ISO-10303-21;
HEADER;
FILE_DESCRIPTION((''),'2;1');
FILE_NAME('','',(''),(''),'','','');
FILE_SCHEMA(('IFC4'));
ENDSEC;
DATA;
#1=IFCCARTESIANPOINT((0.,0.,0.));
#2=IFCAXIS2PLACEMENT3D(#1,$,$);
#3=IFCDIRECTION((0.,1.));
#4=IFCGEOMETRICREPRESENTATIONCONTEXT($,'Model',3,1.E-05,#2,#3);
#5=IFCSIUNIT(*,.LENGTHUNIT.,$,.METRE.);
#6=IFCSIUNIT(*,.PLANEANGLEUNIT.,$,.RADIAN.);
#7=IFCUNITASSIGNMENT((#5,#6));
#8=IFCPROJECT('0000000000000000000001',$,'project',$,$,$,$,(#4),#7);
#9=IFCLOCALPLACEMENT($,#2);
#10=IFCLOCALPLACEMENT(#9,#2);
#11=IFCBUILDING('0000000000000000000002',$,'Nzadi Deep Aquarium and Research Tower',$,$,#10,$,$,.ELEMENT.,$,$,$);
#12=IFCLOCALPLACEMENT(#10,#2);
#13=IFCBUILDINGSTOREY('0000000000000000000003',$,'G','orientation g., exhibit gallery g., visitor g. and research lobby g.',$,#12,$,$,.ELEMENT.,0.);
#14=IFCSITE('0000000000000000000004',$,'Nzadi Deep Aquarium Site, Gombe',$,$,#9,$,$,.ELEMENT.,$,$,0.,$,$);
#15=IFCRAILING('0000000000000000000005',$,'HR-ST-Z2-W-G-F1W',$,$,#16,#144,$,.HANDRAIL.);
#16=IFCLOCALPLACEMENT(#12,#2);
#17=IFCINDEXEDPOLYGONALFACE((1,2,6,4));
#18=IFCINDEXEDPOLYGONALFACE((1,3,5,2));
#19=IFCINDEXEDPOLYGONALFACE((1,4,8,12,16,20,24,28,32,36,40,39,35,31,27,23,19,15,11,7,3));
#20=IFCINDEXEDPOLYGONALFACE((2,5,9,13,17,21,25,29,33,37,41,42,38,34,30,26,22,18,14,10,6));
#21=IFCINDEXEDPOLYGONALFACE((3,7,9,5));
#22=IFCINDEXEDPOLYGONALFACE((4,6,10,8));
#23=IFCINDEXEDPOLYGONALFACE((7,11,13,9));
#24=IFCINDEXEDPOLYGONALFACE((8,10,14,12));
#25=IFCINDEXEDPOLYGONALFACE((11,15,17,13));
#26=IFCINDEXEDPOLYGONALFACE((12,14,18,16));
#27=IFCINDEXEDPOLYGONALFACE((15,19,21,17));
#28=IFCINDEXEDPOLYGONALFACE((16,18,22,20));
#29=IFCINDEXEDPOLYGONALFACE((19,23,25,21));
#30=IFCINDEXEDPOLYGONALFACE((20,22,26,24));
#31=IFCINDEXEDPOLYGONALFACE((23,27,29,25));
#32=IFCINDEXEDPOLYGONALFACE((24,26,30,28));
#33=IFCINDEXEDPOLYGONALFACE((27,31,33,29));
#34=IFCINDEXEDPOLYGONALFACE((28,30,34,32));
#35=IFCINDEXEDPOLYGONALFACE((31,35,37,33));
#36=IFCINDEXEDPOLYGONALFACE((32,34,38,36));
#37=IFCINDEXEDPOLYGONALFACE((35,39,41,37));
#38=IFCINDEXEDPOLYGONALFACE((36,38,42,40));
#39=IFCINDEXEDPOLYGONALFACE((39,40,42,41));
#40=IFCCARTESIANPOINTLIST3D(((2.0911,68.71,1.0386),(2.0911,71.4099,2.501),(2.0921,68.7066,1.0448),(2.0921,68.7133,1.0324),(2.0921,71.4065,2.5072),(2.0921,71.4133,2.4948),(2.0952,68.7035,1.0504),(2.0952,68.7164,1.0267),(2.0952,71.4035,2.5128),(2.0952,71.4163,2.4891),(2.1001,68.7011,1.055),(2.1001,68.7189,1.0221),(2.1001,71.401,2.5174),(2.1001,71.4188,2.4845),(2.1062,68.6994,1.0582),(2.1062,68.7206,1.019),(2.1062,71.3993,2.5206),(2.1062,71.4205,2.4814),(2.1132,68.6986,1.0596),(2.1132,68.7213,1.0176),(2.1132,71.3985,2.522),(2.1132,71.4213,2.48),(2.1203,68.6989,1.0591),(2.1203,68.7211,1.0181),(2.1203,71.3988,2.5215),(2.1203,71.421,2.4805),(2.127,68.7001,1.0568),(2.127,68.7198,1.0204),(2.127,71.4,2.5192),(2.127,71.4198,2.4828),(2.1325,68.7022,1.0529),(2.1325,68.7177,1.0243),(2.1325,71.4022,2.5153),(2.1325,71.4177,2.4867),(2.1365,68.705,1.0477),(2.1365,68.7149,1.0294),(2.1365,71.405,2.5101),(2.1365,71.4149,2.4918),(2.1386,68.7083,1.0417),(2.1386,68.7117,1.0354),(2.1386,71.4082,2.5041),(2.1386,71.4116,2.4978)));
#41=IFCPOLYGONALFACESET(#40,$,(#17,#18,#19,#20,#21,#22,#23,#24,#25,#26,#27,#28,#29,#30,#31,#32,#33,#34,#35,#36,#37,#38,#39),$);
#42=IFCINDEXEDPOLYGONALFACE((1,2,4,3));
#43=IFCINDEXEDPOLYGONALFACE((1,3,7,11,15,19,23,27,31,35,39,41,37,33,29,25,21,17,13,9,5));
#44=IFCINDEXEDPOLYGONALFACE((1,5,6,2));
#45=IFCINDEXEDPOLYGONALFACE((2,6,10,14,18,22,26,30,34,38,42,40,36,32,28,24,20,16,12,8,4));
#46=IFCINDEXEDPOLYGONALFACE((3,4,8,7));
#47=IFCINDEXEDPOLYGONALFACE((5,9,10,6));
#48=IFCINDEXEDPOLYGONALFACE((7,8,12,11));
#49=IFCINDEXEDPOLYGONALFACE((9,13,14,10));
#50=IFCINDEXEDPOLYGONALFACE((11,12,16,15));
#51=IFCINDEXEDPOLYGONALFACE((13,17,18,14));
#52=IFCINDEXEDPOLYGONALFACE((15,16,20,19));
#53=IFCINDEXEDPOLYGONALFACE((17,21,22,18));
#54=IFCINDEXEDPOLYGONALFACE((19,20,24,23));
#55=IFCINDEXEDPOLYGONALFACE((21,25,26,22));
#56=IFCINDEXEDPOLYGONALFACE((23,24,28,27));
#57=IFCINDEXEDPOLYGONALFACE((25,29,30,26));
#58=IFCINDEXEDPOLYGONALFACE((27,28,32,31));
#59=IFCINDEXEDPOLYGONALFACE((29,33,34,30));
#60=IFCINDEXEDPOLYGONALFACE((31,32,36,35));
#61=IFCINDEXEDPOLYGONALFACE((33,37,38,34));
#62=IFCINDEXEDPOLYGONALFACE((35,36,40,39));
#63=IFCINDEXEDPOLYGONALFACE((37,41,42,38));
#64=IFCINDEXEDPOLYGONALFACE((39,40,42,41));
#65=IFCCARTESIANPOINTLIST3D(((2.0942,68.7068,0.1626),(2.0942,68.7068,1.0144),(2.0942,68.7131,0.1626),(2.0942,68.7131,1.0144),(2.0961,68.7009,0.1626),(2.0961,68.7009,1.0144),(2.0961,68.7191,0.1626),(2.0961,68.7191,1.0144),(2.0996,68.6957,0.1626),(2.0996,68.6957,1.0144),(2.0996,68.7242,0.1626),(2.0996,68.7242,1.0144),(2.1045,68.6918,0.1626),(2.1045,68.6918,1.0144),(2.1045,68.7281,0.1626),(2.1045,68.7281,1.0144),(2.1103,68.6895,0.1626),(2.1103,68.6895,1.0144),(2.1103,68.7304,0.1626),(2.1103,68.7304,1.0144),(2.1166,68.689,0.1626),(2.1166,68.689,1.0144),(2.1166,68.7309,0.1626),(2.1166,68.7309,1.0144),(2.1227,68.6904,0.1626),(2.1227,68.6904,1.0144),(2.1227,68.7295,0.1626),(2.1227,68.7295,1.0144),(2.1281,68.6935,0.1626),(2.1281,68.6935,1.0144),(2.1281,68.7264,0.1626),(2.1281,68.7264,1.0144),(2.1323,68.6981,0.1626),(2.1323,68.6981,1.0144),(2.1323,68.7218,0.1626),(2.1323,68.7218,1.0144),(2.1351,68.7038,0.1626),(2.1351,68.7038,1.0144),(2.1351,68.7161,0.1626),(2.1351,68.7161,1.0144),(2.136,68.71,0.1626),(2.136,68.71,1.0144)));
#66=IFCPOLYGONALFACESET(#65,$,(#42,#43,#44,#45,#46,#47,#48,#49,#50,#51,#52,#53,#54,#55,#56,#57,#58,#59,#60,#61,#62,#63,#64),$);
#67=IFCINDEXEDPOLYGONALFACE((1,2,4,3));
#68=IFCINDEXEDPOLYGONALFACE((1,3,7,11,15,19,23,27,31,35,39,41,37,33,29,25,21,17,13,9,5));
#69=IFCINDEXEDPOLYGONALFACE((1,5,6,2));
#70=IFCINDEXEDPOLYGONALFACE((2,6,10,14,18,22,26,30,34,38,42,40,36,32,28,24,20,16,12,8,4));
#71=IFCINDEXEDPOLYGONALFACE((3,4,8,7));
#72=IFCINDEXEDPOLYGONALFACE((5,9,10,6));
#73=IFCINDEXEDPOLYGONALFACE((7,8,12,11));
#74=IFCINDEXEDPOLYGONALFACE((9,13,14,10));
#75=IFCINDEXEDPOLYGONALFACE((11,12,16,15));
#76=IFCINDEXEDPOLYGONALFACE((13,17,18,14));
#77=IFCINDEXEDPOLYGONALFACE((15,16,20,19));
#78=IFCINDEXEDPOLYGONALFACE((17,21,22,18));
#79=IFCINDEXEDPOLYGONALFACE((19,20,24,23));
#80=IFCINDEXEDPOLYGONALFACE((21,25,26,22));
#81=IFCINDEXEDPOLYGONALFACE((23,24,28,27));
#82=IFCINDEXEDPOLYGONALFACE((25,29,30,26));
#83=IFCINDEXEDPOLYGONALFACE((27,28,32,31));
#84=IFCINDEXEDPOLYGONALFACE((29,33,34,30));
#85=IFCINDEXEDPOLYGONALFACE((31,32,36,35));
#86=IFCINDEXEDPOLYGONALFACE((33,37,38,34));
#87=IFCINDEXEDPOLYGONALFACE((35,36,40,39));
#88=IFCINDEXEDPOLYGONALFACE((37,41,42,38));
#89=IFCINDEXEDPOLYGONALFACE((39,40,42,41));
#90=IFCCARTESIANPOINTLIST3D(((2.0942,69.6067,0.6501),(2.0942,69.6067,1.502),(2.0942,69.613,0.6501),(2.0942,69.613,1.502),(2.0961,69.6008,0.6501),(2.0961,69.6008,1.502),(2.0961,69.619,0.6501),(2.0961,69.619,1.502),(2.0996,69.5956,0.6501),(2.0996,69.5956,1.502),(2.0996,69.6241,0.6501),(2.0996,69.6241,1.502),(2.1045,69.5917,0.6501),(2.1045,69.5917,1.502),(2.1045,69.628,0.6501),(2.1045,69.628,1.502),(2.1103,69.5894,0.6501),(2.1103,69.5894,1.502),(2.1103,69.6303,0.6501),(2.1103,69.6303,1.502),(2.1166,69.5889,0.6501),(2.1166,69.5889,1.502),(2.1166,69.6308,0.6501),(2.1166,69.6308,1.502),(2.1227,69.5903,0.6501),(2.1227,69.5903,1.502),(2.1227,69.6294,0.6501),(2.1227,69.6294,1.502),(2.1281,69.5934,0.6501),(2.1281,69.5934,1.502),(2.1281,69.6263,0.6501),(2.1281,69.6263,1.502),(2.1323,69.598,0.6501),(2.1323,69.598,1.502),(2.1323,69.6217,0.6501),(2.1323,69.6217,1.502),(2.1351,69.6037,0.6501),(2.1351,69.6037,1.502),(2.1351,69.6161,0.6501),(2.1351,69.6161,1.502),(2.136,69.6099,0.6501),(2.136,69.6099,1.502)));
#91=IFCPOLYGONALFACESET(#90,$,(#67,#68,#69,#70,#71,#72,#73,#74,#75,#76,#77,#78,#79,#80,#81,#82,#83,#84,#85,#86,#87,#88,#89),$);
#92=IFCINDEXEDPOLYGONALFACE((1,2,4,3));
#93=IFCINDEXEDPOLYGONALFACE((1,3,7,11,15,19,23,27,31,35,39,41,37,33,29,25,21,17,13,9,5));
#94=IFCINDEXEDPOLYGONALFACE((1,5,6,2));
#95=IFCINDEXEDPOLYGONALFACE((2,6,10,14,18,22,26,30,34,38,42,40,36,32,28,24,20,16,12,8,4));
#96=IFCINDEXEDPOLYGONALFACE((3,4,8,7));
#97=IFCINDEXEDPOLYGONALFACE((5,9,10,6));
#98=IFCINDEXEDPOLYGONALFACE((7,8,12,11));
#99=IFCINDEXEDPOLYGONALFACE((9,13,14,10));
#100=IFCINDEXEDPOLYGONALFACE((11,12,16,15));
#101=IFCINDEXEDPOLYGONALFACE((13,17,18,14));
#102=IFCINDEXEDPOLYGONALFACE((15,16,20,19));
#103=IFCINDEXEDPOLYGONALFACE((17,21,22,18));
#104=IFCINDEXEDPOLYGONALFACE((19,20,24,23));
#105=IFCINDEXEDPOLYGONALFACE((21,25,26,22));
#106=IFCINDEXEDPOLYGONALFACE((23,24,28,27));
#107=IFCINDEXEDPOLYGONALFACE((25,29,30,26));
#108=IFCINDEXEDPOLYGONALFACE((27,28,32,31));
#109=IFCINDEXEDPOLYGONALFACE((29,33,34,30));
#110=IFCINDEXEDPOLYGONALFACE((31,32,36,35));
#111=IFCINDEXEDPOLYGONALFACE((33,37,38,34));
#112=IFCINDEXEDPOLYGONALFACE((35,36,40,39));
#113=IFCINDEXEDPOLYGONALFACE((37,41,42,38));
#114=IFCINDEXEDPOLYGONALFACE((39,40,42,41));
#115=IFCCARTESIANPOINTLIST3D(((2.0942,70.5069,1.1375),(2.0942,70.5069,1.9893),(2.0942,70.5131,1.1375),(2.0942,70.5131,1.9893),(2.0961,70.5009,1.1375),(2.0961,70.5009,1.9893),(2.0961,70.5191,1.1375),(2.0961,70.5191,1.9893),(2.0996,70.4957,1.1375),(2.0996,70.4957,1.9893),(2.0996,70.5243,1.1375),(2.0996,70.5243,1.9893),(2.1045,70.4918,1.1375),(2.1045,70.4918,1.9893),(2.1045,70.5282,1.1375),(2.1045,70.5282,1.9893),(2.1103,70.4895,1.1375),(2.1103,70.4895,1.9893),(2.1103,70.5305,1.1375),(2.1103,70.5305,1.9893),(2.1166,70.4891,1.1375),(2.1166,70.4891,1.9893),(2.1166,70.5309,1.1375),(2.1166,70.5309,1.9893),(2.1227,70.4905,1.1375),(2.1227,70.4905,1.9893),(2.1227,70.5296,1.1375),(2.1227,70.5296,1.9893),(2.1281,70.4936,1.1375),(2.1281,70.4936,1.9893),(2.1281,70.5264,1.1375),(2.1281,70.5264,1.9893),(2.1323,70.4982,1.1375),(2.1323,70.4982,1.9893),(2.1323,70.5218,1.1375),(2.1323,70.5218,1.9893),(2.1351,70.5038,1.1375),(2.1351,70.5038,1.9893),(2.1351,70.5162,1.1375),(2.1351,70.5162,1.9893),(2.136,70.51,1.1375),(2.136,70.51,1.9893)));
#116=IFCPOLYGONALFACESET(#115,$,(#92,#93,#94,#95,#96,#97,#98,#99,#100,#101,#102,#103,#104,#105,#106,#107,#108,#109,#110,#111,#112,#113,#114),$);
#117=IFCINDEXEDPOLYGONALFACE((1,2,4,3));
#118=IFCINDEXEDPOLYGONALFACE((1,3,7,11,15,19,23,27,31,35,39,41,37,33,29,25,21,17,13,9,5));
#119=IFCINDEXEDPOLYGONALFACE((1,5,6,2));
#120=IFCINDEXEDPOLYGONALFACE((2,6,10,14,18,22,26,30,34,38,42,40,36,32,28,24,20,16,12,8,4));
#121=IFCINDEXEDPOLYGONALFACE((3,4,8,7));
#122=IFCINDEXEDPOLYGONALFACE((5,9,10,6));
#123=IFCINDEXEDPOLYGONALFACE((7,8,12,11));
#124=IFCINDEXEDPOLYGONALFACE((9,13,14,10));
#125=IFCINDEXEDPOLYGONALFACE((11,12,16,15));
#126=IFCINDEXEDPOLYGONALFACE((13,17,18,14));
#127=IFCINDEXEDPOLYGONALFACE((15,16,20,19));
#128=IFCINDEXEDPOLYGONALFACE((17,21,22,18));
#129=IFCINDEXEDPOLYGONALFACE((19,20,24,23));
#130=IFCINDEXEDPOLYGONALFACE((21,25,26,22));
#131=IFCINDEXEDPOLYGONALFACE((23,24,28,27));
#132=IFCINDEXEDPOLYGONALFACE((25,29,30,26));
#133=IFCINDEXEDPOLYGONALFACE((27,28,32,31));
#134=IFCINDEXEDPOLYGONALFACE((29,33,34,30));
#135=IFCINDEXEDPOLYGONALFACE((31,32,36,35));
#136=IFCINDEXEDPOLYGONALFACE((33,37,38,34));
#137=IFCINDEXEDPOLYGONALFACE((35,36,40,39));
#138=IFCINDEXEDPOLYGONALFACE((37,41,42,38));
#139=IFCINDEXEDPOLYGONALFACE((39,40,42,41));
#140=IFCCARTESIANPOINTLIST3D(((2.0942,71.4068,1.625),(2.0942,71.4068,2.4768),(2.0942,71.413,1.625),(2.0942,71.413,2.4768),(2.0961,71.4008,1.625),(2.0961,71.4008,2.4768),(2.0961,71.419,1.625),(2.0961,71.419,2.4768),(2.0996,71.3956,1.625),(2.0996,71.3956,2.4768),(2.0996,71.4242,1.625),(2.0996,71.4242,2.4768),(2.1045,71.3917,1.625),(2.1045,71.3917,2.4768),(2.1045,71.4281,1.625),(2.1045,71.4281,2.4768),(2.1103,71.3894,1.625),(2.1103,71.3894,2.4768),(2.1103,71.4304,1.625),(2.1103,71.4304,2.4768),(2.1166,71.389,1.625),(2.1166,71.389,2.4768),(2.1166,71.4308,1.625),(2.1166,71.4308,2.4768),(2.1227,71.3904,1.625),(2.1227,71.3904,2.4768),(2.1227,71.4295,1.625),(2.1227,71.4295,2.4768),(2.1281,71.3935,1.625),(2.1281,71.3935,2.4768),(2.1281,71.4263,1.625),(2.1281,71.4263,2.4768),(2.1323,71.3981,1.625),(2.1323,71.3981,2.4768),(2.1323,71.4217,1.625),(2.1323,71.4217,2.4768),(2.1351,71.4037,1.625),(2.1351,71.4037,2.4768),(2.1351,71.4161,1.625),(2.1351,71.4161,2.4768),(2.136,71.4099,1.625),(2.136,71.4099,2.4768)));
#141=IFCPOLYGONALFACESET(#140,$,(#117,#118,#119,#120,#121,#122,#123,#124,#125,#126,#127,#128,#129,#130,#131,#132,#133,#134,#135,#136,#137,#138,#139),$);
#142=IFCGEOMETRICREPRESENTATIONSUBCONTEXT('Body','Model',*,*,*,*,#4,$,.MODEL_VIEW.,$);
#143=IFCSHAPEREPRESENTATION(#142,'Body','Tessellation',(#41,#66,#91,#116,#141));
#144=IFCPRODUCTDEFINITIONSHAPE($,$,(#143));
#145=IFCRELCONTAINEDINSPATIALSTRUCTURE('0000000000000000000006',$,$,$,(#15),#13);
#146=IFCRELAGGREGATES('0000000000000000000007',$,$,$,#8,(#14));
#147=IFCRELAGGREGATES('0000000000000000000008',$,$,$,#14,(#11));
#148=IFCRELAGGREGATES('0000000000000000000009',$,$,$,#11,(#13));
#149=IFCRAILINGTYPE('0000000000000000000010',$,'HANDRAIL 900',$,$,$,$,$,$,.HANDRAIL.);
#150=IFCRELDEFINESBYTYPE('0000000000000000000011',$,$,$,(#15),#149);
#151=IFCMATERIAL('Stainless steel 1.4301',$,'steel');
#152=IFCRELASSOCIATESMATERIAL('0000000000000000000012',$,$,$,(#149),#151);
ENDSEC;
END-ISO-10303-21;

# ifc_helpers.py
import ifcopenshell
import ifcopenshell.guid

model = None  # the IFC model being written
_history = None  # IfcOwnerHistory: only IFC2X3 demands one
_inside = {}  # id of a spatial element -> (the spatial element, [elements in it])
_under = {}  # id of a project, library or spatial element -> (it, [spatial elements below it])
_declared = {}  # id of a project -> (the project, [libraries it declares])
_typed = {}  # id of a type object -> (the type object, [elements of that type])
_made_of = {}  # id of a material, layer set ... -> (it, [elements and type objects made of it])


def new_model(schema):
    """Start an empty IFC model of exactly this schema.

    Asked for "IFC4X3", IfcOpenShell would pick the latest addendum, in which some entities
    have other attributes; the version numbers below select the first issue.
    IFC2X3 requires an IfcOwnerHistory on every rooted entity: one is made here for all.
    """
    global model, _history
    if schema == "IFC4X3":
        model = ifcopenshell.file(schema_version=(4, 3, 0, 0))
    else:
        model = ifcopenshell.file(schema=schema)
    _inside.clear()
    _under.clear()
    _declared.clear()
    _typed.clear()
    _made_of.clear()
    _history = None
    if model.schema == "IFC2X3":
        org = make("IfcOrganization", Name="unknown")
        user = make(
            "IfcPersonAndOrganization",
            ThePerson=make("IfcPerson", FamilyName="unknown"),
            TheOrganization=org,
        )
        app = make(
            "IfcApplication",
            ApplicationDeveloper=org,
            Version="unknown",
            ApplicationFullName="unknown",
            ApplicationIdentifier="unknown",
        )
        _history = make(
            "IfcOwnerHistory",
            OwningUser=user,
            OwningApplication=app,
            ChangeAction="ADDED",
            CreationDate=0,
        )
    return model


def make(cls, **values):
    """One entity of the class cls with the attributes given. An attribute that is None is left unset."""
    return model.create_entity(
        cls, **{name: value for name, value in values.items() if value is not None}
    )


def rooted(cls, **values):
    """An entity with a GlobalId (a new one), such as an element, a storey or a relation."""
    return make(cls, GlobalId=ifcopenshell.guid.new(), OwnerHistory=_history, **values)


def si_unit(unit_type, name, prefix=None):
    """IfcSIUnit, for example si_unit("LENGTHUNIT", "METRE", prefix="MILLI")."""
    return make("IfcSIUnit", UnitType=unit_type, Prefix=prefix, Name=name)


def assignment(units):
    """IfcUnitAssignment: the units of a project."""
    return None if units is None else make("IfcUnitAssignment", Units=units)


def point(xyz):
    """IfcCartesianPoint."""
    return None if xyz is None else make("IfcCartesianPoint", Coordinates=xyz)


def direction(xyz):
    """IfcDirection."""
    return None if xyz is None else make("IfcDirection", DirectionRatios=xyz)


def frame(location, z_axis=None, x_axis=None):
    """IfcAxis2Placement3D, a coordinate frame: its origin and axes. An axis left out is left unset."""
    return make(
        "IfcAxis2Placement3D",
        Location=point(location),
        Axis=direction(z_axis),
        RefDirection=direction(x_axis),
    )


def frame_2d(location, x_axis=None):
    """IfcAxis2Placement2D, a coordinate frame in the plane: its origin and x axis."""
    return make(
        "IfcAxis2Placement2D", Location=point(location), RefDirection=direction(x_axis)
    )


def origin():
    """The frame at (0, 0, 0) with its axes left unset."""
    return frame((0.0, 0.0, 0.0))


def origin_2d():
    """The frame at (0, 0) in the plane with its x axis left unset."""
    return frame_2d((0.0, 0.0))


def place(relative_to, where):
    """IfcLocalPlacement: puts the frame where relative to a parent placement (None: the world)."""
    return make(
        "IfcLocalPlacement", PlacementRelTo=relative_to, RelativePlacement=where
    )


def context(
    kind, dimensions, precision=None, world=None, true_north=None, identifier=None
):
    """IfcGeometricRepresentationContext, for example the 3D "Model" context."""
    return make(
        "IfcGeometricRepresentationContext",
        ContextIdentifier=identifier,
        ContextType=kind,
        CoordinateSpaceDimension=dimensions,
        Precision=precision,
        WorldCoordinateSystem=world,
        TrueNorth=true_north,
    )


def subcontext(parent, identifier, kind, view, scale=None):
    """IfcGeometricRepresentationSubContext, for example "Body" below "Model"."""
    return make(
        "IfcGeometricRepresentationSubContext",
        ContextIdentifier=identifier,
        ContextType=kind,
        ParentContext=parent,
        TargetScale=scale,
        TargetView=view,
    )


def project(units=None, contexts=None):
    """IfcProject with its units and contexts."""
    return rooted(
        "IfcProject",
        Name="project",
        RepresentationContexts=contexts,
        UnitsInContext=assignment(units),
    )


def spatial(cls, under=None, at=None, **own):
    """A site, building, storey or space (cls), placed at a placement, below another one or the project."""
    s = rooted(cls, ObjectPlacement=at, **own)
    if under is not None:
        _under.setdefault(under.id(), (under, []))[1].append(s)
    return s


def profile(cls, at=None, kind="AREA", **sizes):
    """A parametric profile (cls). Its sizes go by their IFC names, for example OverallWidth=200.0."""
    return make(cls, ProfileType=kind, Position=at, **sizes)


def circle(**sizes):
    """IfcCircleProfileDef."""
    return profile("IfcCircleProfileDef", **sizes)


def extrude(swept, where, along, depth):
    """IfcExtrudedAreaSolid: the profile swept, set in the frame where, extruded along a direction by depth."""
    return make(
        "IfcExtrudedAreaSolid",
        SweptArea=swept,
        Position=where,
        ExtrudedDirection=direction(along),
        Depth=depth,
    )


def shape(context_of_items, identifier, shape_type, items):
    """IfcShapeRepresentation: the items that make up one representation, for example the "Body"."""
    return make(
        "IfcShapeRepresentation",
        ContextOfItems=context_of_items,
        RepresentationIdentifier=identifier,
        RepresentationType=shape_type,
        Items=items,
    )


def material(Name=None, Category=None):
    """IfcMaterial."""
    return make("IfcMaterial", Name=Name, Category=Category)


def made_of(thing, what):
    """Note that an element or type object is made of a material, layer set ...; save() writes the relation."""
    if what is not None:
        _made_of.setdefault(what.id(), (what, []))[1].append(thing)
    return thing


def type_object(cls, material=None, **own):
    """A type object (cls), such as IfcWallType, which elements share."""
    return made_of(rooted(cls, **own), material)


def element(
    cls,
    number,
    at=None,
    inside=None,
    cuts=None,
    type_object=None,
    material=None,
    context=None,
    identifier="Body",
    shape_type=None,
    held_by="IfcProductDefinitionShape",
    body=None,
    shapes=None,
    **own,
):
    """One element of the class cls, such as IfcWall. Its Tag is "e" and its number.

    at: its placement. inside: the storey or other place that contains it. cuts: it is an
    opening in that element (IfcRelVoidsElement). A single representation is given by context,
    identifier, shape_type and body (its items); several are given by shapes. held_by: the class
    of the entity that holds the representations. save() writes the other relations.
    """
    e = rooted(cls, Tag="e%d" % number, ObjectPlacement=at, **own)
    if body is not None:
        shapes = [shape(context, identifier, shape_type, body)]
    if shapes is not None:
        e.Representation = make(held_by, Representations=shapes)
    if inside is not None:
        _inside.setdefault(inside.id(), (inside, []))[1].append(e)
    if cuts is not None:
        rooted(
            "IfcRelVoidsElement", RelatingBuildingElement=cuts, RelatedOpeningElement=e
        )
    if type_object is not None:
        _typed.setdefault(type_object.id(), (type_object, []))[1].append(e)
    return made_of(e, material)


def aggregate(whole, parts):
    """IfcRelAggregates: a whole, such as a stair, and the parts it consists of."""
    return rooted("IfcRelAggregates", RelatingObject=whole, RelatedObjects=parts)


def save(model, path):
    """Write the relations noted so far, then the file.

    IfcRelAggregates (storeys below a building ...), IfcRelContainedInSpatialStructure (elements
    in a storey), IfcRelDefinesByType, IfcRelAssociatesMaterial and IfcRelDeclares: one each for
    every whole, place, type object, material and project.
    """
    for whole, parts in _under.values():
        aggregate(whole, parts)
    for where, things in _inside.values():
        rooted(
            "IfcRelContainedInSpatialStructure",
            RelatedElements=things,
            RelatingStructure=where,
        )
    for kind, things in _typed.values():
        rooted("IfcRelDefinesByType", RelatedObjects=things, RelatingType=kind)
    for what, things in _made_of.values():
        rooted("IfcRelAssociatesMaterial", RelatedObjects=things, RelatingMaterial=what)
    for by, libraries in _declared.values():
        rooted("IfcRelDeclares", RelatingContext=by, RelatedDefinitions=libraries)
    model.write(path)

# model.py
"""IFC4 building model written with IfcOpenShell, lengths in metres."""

from ifc_helpers import new_model, si_unit, direction, frame, origin, origin_2d, place, context, subcontext, project, spatial, circle, extrude, material, type_object, element, save


model = new_model("IFC4")

# Units and contexts
model_context = context("Model", 3, precision=1e-05, world=origin(), true_north=direction((0.0, 1.0)))
body_context = subcontext(model_context, "Body", "Model", "MODEL_VIEW")
ifc_project = project(units=[si_unit("LENGTHUNIT", "METRE"), si_unit("PLANEANGLEUNIT", "RADIAN")], contexts=[model_context])

# Site, building, storey
site_placement = place(None, origin())
site = spatial("IfcSite", under=ifc_project, at=site_placement, Name="Nzadi Deep Aquarium Site, Gombe", CompositionType="ELEMENT", RefElevation=0.0)
building_placement = place(site_placement, origin())
building = spatial("IfcBuilding", under=site, at=building_placement, Name="Nzadi Deep Aquarium and Research Tower", CompositionType="ELEMENT")
storey_placement = place(building_placement, origin())
storey = spatial("IfcBuildingStorey", under=building, at=storey_placement, Name="G", Description="orientation g., exhibit gallery g., visitor g. and research lobby g.", CompositionType="ELEMENT", Elevation=0.0)

# Railing
ifc_material_1 = material(Name="Stainless steel 1.4301", Category="steel")
railing_type = type_object("IfcRailingType", Name="HANDRAIL 900", PredefinedType="HANDRAIL", material=ifc_material_1)
for number, where, name in (
    (1, (2.115, 68.71, 0.1626), "HR-ST-Z2-W-G-F1W"),
):
    element("IfcRailing", number, at=place(storey_placement, frame(where)), inside=storey, type_object=railing_type, Name=name, PredefinedType="HANDRAIL", context=body_context, shape_type="SweptSolid", body=[
        extrude(circle(Radius=0.0239, at=origin_2d()), frame((0.0, 0.0, 0.876), z_axis=(0.0, 0.879302, 0.476265), x_axis=(-1.0, 0.0, 0.0)), (0.0, 0.0, 1.0), 3.0706),
        extrude(circle(Radius=0.021, at=origin_2d()), origin(), (0.0, 0.0, 1.0), 0.8518),
        extrude(circle(Radius=0.021, at=origin_2d()), frame((0.0, 0.8999, 0.4875)), (0.0, 0.0, 1.0), 0.8518),
        extrude(circle(Radius=0.021, at=origin_2d()), frame((0.0, 1.8, 0.9749)), (0.0, 0.0, 1.0), 0.8518),
        extrude(circle(Radius=0.021, at=origin_2d()), frame((0.0, 2.7, 1.4624)), (0.0, 0.0, 1.0), 0.8518),
    ])

save(model, "model.ifc")
